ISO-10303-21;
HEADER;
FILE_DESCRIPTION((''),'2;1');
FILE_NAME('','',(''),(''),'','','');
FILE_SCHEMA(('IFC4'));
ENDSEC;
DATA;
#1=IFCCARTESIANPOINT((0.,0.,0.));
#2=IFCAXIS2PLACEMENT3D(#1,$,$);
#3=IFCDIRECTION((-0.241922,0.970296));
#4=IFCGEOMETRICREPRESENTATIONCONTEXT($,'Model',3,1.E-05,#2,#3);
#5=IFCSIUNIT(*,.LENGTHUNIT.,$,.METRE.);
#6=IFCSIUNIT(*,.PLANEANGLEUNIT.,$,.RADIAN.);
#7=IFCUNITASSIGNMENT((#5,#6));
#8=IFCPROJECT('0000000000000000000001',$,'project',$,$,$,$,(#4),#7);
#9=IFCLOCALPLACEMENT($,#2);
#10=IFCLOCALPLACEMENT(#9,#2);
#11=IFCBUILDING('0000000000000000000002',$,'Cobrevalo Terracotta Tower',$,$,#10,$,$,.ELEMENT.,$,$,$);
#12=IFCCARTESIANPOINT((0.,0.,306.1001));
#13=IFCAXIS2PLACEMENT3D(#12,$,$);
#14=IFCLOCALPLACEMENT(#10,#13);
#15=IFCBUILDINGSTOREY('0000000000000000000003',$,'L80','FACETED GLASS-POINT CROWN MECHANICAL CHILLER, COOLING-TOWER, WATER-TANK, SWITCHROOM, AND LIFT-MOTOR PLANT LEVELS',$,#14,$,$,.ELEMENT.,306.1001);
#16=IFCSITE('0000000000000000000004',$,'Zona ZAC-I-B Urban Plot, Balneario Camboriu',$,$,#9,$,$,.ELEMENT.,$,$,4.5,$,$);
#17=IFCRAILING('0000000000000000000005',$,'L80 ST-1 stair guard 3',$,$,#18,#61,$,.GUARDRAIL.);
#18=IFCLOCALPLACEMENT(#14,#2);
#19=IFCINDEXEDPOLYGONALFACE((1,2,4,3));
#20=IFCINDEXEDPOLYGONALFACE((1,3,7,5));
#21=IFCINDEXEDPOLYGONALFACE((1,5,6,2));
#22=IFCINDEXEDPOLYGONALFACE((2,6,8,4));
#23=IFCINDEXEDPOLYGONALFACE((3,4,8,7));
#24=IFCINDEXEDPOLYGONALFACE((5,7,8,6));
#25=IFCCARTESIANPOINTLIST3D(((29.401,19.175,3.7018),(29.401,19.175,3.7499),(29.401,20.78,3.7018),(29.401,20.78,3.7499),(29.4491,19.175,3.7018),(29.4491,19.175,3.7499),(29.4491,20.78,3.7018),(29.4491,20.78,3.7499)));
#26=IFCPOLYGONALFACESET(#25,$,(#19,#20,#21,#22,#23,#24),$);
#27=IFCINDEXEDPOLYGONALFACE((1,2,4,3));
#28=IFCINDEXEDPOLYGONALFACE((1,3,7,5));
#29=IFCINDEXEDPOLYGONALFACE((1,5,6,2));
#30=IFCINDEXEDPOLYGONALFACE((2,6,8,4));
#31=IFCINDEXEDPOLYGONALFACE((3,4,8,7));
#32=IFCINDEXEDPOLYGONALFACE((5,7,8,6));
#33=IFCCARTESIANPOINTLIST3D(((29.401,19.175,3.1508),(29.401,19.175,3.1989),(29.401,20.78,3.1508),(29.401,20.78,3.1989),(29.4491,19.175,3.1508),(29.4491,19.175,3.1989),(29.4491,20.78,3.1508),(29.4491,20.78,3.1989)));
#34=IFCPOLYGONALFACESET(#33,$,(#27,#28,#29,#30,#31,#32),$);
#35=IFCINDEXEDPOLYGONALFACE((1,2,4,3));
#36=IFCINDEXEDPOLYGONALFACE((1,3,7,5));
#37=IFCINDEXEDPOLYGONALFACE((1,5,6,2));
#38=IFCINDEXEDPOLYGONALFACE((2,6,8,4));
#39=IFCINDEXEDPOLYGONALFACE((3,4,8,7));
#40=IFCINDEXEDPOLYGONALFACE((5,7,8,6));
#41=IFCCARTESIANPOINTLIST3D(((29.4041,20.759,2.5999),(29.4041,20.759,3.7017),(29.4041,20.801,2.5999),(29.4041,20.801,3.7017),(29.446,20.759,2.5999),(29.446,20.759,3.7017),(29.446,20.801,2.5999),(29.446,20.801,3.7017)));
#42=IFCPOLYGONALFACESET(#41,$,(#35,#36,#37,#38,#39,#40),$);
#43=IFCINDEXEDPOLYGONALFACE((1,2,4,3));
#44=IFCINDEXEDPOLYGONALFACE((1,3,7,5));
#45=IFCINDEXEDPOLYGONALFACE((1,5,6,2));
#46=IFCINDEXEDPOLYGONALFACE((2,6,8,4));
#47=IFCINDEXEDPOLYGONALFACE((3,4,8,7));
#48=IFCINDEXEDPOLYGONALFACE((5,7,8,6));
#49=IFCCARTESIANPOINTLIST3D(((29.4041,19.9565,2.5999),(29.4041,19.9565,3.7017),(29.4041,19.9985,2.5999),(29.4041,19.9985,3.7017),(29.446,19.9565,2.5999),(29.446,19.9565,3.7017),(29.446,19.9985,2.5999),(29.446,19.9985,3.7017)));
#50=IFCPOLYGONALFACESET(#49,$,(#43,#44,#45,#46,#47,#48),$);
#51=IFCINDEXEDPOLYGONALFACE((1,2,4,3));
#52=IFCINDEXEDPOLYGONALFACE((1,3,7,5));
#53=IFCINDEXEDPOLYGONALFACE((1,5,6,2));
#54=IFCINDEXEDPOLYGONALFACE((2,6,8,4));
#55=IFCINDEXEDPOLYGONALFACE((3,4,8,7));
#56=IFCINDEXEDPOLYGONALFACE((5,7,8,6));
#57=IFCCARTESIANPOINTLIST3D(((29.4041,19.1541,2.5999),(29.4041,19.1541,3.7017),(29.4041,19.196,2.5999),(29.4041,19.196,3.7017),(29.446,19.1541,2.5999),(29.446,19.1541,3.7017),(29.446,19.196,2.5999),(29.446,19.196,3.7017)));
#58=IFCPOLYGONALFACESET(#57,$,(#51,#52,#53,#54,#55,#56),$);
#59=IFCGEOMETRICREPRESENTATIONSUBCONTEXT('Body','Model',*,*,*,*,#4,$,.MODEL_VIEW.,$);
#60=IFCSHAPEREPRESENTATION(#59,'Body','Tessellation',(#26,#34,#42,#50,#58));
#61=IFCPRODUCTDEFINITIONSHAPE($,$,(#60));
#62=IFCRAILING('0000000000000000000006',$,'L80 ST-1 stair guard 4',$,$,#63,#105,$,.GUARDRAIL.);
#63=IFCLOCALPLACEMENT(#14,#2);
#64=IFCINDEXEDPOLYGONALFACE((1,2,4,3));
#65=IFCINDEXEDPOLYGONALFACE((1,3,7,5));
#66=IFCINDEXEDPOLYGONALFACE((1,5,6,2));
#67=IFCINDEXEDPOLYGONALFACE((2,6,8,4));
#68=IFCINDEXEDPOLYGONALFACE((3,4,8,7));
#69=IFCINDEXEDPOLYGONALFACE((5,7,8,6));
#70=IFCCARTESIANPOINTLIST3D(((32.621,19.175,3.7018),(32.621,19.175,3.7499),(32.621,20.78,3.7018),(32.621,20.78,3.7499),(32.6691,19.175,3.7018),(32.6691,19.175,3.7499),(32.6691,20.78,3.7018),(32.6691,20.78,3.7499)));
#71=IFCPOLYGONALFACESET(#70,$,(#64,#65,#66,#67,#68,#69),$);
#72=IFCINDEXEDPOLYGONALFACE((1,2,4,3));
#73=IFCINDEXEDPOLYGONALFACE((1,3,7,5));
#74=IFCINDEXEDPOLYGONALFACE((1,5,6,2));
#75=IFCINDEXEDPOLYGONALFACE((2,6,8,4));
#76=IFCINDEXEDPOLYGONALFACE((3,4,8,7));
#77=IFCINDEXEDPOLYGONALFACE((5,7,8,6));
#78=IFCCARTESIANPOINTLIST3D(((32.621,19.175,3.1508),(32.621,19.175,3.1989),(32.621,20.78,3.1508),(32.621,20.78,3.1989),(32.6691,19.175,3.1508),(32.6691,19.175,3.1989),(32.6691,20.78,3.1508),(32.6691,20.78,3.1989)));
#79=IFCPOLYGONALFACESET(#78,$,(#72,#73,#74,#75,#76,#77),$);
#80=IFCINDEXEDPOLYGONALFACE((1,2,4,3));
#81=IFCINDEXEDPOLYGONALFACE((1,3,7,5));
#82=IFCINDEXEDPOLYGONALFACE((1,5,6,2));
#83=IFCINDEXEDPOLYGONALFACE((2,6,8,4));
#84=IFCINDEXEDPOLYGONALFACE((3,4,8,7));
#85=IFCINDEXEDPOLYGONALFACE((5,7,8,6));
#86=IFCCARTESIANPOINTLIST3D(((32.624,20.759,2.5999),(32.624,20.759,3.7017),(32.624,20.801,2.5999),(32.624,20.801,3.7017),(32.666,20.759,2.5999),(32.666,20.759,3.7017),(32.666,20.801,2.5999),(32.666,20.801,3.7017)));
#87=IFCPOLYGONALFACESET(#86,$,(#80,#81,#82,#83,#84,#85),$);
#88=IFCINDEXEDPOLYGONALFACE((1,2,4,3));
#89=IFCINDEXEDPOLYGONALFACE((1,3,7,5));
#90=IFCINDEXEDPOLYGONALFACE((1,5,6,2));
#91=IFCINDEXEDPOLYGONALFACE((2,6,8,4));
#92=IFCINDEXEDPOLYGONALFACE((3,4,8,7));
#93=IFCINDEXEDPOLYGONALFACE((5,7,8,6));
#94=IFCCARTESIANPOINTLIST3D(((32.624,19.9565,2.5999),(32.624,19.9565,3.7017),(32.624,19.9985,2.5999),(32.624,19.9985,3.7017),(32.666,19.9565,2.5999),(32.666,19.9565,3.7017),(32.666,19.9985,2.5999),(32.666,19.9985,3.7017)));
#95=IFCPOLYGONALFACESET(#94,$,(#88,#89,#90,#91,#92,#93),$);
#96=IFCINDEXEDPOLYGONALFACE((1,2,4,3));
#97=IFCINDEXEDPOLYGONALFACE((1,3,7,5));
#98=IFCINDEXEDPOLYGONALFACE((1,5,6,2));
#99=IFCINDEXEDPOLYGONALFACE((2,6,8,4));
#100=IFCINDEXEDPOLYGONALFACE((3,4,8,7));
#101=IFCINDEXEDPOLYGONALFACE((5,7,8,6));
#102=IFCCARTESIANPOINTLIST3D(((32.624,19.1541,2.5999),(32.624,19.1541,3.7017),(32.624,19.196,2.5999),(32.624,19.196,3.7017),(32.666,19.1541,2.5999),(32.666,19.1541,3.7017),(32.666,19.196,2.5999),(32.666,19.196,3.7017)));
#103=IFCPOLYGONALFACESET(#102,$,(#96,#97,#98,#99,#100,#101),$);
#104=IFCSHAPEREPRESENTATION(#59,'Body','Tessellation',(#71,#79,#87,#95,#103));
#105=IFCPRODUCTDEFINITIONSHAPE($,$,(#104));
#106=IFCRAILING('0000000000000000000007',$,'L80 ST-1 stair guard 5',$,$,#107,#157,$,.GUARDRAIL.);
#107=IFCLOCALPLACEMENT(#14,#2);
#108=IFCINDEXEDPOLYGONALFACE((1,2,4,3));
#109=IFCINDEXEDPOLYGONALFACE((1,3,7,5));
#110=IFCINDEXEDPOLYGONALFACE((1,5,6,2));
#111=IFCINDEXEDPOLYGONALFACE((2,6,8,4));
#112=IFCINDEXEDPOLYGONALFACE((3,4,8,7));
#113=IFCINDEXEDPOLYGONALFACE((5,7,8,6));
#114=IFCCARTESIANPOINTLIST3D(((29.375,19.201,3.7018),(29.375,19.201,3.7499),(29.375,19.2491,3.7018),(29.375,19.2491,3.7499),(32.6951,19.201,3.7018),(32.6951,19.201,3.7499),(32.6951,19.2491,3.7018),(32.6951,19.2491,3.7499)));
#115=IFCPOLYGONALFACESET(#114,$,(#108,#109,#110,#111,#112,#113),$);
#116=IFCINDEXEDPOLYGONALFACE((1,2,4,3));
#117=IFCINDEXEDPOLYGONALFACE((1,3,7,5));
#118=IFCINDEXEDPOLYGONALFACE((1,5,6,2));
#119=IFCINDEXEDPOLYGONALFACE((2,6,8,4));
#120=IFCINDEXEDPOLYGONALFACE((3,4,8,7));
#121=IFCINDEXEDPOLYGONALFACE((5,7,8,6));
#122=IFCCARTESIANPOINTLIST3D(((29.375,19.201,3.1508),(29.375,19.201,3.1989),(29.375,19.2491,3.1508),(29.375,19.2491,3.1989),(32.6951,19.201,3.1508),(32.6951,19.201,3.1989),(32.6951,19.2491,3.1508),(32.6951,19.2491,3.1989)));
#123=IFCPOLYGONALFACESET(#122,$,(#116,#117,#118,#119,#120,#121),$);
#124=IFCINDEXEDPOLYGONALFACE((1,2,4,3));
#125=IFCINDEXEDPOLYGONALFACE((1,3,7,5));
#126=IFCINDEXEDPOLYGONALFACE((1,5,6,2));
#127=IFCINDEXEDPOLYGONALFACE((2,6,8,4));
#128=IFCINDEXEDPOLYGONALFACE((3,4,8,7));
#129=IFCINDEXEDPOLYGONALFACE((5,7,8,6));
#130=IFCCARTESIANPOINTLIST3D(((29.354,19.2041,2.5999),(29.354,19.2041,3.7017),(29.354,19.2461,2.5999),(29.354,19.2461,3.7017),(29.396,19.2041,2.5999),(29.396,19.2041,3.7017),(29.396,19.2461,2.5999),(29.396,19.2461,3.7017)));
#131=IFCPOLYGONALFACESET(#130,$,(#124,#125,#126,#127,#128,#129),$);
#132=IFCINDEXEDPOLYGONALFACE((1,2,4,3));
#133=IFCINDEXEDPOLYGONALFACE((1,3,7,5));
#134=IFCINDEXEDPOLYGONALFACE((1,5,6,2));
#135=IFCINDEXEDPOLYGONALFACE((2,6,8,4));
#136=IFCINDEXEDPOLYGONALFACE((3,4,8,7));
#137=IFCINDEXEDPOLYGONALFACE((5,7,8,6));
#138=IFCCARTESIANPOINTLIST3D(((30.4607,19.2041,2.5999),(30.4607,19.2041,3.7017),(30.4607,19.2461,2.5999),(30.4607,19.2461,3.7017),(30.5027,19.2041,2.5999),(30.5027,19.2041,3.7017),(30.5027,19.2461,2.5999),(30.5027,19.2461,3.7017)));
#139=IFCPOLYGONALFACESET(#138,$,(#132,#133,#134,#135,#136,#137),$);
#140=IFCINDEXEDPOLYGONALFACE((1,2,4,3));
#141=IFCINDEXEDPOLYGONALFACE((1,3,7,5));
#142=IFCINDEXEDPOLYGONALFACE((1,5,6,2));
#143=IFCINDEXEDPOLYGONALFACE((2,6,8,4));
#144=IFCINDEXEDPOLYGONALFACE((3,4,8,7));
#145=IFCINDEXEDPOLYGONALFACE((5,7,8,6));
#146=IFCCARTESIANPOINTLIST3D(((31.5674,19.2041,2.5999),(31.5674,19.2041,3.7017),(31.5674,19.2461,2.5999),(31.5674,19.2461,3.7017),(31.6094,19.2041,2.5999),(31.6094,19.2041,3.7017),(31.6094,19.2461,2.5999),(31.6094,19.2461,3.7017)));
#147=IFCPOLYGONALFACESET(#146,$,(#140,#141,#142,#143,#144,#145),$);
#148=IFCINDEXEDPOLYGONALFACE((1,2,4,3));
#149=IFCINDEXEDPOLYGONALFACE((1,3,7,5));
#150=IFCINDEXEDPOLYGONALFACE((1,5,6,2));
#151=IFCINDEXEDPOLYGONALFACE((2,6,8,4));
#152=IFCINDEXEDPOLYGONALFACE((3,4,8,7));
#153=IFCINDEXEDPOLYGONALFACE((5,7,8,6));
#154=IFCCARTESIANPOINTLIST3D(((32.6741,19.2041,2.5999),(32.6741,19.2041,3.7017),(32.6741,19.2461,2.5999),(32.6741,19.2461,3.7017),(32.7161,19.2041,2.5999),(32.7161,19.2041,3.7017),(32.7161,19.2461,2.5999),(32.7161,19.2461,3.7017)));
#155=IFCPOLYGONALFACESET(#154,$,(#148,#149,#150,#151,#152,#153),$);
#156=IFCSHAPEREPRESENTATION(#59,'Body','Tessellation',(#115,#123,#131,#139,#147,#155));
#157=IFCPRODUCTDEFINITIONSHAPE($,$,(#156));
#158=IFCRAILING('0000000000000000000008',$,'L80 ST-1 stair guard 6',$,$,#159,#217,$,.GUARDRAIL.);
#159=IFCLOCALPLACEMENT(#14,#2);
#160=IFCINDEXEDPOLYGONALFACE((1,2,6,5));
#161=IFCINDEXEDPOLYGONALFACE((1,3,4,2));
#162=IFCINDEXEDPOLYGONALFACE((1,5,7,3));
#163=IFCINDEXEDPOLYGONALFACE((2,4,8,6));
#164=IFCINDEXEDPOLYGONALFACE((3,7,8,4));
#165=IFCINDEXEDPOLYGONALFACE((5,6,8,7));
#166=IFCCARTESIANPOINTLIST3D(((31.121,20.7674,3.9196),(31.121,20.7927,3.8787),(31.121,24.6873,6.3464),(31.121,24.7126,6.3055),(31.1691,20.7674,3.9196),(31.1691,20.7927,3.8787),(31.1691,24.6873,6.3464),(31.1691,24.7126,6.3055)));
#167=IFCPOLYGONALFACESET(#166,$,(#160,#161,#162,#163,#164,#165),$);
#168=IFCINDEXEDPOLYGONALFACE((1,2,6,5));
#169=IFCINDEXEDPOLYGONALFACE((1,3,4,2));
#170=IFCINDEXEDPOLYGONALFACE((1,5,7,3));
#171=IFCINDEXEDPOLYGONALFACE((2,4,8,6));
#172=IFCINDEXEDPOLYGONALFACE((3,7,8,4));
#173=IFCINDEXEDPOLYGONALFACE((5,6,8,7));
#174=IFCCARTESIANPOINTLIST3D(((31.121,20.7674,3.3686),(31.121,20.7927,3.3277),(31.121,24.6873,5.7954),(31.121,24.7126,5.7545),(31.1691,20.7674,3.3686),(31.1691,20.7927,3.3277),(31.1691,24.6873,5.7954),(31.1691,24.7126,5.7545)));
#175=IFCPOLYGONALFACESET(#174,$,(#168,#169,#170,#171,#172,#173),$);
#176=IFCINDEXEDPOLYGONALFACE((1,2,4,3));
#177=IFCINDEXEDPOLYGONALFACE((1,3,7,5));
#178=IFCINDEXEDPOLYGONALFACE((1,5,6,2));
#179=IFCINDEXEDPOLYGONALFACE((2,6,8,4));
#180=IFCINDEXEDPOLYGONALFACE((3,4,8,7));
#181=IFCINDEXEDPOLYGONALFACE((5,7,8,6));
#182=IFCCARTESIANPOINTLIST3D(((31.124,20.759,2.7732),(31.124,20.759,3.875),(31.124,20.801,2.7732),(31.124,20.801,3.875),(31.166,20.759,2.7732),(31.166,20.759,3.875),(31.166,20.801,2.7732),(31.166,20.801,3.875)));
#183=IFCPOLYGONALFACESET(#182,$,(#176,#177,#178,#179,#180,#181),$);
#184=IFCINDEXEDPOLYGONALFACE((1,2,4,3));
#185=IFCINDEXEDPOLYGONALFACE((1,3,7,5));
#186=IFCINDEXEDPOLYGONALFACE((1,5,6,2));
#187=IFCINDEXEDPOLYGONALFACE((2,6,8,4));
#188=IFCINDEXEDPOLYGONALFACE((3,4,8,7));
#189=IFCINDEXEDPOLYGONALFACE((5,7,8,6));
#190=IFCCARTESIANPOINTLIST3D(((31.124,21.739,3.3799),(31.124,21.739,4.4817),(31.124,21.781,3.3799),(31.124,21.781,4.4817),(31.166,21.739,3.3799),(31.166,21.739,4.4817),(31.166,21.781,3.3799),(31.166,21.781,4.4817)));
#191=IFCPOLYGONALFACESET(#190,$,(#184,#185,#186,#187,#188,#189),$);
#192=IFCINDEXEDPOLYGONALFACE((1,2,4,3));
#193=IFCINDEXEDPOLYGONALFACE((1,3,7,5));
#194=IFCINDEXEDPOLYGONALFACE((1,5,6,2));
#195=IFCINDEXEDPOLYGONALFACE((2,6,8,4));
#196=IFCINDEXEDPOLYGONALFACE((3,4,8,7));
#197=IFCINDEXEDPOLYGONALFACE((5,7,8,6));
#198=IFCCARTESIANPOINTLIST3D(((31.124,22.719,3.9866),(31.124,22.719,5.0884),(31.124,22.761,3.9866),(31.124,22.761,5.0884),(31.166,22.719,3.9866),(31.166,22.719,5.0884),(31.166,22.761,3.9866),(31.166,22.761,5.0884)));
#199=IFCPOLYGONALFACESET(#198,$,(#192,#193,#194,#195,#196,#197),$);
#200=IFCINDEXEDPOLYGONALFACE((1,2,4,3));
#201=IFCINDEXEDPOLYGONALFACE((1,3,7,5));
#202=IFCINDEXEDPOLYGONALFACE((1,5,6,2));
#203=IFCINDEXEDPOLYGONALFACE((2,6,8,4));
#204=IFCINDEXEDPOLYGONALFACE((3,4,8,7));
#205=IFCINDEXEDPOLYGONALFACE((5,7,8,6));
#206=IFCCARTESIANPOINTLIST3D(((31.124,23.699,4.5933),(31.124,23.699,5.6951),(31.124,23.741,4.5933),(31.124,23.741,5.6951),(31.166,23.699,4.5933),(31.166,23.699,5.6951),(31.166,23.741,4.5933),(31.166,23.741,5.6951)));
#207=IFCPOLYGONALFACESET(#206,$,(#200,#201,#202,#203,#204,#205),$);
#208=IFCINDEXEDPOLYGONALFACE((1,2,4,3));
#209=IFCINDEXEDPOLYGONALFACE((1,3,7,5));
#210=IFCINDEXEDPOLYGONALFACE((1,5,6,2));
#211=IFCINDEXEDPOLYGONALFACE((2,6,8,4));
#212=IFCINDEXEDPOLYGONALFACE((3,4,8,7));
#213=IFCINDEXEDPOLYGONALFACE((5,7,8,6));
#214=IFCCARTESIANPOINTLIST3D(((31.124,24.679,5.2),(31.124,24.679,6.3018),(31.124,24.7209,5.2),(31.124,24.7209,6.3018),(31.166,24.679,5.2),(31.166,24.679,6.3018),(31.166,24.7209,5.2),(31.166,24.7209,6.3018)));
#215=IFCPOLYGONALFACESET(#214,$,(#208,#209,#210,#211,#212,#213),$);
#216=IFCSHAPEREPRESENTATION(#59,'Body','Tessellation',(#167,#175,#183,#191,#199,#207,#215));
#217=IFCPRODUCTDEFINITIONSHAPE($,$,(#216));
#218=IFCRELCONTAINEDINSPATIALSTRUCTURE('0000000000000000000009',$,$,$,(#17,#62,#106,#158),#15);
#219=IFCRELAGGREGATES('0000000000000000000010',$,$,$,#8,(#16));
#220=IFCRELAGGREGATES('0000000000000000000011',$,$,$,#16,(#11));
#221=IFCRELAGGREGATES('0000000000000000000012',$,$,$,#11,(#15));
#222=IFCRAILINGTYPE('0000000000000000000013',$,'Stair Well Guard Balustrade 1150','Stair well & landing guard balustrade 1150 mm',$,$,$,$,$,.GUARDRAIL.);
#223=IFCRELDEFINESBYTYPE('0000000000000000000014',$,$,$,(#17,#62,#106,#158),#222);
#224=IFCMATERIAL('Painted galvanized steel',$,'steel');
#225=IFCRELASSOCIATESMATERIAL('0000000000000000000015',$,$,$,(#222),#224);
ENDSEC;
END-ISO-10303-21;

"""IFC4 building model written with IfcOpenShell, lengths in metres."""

from ifc_helpers import new_model, si_unit, direction, frame, origin, origin_2d, place, context, subcontext, project, spatial, rectangle, extrude, material, type_object, element, save


model = new_model("IFC4")

# Units and contexts
model_context = context("Model", 3, precision=1e-05, world=origin(), true_north=direction((-0.241922, 0.970296)))
body_context = subcontext(model_context, "Body", "Model", "MODEL_VIEW")
ifc_project = project(units=[si_unit("LENGTHUNIT", "METRE"), si_unit("PLANEANGLEUNIT", "RADIAN")], contexts=[model_context])

# Site, building, storey
site_placement = place(None, origin())
site = spatial("IfcSite", under=ifc_project, at=site_placement, Name="Zona ZAC-I-B Urban Plot, Balneario Camboriu", CompositionType="ELEMENT", RefElevation=4.5)
building_placement = place(site_placement, origin())
building = spatial("IfcBuilding", under=site, at=building_placement, Name="Cobrevalo Terracotta Tower", CompositionType="ELEMENT")
storey_placement = place(building_placement, frame((0.0, 0.0, 306.1001)))
storey = spatial("IfcBuildingStorey", under=building, at=storey_placement, Name="L80", Description="FACETED GLASS-POINT CROWN MECHANICAL CHILLER, COOLING-TOWER, WATER-TANK, SWITCHROOM, AND LIFT-MOTOR PLANT LEVELS", CompositionType="ELEMENT", Elevation=306.1001)

# Railings
ifc_material_1 = material(Name="Painted galvanized steel", Category="steel")
railing_type_1 = type_object("IfcRailingType", Name="Stair Well Guard Balustrade 1150", Description="Stair well & landing guard balustrade 1150 mm", PredefinedType="GUARDRAIL", material=ifc_material_1)
for number, where, name in (
    (1, (29.425, 20.78, 2.5999), "L80 ST-1 stair guard 3"),
    (2, (32.645, 20.78, 2.5999), "L80 ST-1 stair guard 4"),
):
    element("IfcRailing", number, at=place(storey_placement, frame(where)), inside=storey, type_object=railing_type_1, Name=name, PredefinedType="GUARDRAIL", context=body_context, shape_type="SweptSolid", body=[
        extrude(rectangle(XDim=0.0481, YDim=0.0481, at=origin_2d()), frame((0.0, 0.0, 1.126), z_axis=(0.0, -1.0, 0.0), x_axis=(1.0, 0.0, 0.0)), (0.0, 0.0, 1.0), 1.605),
        extrude(rectangle(XDim=0.0481, YDim=0.0481, at=origin_2d()), frame((0.0, 0.0, 0.575), z_axis=(0.0, -1.0, 0.0), x_axis=(1.0, 0.0, 0.0)), (0.0, 0.0, 1.0), 1.605),
        extrude(rectangle(XDim=0.042, YDim=0.042, at=origin_2d()), origin(), (0.0, 0.0, 1.0), 1.1018),
        extrude(rectangle(XDim=0.042, YDim=0.042, at=origin_2d()), frame((0.0, -0.8025, 0.0)), (0.0, 0.0, 1.0), 1.1018),
        extrude(rectangle(XDim=0.042, YDim=0.042, at=origin_2d()), frame((0.0, -1.605, 0.0)), (0.0, 0.0, 1.0), 1.1018),
    ])
railing_1_placement = place(storey_placement, frame((29.375, 19.2251, 2.5999)))
element("IfcRailing", 3, at=railing_1_placement, inside=storey, type_object=railing_type_1, Name="L80 ST-1 stair guard 5", PredefinedType="GUARDRAIL", context=body_context, shape_type="SweptSolid", body=[
    extrude(rectangle(XDim=0.0481, YDim=0.0481, at=origin_2d()), frame((0.0, 0.0, 1.126), z_axis=(1.0, 0.0, 0.0), x_axis=(0.0, 1.0, 0.0)), (0.0, 0.0, 1.0), 3.3201),
    extrude(rectangle(XDim=0.0481, YDim=0.0481, at=origin_2d()), frame((0.0, 0.0, 0.575), z_axis=(1.0, 0.0, 0.0), x_axis=(0.0, 1.0, 0.0)), (0.0, 0.0, 1.0), 3.3201),
    extrude(rectangle(XDim=0.042, YDim=0.042, at=origin_2d()), origin(), (0.0, 0.0, 1.0), 1.1018),
    extrude(rectangle(XDim=0.042, YDim=0.042, at=origin_2d()), frame((1.1067, 0.0, 0.0)), (0.0, 0.0, 1.0), 1.1018),
    extrude(rectangle(XDim=0.042, YDim=0.042, at=origin_2d()), frame((2.2134, 0.0, 0.0)), (0.0, 0.0, 1.0), 1.1018),
    extrude(rectangle(XDim=0.042, YDim=0.042, at=origin_2d()), frame((3.3201, 0.0, 0.0)), (0.0, 0.0, 1.0), 1.1018),
])
railing_2_placement = place(storey_placement, frame((31.145, 20.78, 2.7732)))
element("IfcRailing", 4, at=railing_2_placement, inside=storey, type_object=railing_type_1, Name="L80 ST-1 stair guard 6", PredefinedType="GUARDRAIL", context=body_context, shape_type="SweptSolid", body=[
    extrude(rectangle(XDim=0.0481, YDim=0.0481, at=origin_2d()), frame((0.0, 0.0, 1.126), z_axis=(0.0, 0.850252, 0.526376), x_axis=(-1.0, 0.0, 0.0)), (0.0, 0.0, 1.0), 4.6104),
    extrude(rectangle(XDim=0.0481, YDim=0.0481, at=origin_2d()), frame((0.0, 0.0, 0.575), z_axis=(0.0, 0.850252, 0.526376), x_axis=(-1.0, 0.0, 0.0)), (0.0, 0.0, 1.0), 4.6104),
    extrude(rectangle(XDim=0.042, YDim=0.042, at=origin_2d()), origin(), (0.0, 0.0, 1.0), 1.1018),
    extrude(rectangle(XDim=0.042, YDim=0.042, at=origin_2d()), frame((0.0, 0.98, 0.6067)), (0.0, 0.0, 1.0), 1.1018),
    extrude(rectangle(XDim=0.042, YDim=0.042, at=origin_2d()), frame((0.0, 1.96, 1.2134)), (0.0, 0.0, 1.0), 1.1018),
    extrude(rectangle(XDim=0.042, YDim=0.042, at=origin_2d()), frame((0.0, 2.9399, 1.8201)), (0.0, 0.0, 1.0), 1.1018),
    extrude(rectangle(XDim=0.042, YDim=0.042, at=origin_2d()), frame((0.0, 3.9199, 2.4268)), (0.0, 0.0, 1.0), 1.1018),
])

save(model, "model.ifc")
